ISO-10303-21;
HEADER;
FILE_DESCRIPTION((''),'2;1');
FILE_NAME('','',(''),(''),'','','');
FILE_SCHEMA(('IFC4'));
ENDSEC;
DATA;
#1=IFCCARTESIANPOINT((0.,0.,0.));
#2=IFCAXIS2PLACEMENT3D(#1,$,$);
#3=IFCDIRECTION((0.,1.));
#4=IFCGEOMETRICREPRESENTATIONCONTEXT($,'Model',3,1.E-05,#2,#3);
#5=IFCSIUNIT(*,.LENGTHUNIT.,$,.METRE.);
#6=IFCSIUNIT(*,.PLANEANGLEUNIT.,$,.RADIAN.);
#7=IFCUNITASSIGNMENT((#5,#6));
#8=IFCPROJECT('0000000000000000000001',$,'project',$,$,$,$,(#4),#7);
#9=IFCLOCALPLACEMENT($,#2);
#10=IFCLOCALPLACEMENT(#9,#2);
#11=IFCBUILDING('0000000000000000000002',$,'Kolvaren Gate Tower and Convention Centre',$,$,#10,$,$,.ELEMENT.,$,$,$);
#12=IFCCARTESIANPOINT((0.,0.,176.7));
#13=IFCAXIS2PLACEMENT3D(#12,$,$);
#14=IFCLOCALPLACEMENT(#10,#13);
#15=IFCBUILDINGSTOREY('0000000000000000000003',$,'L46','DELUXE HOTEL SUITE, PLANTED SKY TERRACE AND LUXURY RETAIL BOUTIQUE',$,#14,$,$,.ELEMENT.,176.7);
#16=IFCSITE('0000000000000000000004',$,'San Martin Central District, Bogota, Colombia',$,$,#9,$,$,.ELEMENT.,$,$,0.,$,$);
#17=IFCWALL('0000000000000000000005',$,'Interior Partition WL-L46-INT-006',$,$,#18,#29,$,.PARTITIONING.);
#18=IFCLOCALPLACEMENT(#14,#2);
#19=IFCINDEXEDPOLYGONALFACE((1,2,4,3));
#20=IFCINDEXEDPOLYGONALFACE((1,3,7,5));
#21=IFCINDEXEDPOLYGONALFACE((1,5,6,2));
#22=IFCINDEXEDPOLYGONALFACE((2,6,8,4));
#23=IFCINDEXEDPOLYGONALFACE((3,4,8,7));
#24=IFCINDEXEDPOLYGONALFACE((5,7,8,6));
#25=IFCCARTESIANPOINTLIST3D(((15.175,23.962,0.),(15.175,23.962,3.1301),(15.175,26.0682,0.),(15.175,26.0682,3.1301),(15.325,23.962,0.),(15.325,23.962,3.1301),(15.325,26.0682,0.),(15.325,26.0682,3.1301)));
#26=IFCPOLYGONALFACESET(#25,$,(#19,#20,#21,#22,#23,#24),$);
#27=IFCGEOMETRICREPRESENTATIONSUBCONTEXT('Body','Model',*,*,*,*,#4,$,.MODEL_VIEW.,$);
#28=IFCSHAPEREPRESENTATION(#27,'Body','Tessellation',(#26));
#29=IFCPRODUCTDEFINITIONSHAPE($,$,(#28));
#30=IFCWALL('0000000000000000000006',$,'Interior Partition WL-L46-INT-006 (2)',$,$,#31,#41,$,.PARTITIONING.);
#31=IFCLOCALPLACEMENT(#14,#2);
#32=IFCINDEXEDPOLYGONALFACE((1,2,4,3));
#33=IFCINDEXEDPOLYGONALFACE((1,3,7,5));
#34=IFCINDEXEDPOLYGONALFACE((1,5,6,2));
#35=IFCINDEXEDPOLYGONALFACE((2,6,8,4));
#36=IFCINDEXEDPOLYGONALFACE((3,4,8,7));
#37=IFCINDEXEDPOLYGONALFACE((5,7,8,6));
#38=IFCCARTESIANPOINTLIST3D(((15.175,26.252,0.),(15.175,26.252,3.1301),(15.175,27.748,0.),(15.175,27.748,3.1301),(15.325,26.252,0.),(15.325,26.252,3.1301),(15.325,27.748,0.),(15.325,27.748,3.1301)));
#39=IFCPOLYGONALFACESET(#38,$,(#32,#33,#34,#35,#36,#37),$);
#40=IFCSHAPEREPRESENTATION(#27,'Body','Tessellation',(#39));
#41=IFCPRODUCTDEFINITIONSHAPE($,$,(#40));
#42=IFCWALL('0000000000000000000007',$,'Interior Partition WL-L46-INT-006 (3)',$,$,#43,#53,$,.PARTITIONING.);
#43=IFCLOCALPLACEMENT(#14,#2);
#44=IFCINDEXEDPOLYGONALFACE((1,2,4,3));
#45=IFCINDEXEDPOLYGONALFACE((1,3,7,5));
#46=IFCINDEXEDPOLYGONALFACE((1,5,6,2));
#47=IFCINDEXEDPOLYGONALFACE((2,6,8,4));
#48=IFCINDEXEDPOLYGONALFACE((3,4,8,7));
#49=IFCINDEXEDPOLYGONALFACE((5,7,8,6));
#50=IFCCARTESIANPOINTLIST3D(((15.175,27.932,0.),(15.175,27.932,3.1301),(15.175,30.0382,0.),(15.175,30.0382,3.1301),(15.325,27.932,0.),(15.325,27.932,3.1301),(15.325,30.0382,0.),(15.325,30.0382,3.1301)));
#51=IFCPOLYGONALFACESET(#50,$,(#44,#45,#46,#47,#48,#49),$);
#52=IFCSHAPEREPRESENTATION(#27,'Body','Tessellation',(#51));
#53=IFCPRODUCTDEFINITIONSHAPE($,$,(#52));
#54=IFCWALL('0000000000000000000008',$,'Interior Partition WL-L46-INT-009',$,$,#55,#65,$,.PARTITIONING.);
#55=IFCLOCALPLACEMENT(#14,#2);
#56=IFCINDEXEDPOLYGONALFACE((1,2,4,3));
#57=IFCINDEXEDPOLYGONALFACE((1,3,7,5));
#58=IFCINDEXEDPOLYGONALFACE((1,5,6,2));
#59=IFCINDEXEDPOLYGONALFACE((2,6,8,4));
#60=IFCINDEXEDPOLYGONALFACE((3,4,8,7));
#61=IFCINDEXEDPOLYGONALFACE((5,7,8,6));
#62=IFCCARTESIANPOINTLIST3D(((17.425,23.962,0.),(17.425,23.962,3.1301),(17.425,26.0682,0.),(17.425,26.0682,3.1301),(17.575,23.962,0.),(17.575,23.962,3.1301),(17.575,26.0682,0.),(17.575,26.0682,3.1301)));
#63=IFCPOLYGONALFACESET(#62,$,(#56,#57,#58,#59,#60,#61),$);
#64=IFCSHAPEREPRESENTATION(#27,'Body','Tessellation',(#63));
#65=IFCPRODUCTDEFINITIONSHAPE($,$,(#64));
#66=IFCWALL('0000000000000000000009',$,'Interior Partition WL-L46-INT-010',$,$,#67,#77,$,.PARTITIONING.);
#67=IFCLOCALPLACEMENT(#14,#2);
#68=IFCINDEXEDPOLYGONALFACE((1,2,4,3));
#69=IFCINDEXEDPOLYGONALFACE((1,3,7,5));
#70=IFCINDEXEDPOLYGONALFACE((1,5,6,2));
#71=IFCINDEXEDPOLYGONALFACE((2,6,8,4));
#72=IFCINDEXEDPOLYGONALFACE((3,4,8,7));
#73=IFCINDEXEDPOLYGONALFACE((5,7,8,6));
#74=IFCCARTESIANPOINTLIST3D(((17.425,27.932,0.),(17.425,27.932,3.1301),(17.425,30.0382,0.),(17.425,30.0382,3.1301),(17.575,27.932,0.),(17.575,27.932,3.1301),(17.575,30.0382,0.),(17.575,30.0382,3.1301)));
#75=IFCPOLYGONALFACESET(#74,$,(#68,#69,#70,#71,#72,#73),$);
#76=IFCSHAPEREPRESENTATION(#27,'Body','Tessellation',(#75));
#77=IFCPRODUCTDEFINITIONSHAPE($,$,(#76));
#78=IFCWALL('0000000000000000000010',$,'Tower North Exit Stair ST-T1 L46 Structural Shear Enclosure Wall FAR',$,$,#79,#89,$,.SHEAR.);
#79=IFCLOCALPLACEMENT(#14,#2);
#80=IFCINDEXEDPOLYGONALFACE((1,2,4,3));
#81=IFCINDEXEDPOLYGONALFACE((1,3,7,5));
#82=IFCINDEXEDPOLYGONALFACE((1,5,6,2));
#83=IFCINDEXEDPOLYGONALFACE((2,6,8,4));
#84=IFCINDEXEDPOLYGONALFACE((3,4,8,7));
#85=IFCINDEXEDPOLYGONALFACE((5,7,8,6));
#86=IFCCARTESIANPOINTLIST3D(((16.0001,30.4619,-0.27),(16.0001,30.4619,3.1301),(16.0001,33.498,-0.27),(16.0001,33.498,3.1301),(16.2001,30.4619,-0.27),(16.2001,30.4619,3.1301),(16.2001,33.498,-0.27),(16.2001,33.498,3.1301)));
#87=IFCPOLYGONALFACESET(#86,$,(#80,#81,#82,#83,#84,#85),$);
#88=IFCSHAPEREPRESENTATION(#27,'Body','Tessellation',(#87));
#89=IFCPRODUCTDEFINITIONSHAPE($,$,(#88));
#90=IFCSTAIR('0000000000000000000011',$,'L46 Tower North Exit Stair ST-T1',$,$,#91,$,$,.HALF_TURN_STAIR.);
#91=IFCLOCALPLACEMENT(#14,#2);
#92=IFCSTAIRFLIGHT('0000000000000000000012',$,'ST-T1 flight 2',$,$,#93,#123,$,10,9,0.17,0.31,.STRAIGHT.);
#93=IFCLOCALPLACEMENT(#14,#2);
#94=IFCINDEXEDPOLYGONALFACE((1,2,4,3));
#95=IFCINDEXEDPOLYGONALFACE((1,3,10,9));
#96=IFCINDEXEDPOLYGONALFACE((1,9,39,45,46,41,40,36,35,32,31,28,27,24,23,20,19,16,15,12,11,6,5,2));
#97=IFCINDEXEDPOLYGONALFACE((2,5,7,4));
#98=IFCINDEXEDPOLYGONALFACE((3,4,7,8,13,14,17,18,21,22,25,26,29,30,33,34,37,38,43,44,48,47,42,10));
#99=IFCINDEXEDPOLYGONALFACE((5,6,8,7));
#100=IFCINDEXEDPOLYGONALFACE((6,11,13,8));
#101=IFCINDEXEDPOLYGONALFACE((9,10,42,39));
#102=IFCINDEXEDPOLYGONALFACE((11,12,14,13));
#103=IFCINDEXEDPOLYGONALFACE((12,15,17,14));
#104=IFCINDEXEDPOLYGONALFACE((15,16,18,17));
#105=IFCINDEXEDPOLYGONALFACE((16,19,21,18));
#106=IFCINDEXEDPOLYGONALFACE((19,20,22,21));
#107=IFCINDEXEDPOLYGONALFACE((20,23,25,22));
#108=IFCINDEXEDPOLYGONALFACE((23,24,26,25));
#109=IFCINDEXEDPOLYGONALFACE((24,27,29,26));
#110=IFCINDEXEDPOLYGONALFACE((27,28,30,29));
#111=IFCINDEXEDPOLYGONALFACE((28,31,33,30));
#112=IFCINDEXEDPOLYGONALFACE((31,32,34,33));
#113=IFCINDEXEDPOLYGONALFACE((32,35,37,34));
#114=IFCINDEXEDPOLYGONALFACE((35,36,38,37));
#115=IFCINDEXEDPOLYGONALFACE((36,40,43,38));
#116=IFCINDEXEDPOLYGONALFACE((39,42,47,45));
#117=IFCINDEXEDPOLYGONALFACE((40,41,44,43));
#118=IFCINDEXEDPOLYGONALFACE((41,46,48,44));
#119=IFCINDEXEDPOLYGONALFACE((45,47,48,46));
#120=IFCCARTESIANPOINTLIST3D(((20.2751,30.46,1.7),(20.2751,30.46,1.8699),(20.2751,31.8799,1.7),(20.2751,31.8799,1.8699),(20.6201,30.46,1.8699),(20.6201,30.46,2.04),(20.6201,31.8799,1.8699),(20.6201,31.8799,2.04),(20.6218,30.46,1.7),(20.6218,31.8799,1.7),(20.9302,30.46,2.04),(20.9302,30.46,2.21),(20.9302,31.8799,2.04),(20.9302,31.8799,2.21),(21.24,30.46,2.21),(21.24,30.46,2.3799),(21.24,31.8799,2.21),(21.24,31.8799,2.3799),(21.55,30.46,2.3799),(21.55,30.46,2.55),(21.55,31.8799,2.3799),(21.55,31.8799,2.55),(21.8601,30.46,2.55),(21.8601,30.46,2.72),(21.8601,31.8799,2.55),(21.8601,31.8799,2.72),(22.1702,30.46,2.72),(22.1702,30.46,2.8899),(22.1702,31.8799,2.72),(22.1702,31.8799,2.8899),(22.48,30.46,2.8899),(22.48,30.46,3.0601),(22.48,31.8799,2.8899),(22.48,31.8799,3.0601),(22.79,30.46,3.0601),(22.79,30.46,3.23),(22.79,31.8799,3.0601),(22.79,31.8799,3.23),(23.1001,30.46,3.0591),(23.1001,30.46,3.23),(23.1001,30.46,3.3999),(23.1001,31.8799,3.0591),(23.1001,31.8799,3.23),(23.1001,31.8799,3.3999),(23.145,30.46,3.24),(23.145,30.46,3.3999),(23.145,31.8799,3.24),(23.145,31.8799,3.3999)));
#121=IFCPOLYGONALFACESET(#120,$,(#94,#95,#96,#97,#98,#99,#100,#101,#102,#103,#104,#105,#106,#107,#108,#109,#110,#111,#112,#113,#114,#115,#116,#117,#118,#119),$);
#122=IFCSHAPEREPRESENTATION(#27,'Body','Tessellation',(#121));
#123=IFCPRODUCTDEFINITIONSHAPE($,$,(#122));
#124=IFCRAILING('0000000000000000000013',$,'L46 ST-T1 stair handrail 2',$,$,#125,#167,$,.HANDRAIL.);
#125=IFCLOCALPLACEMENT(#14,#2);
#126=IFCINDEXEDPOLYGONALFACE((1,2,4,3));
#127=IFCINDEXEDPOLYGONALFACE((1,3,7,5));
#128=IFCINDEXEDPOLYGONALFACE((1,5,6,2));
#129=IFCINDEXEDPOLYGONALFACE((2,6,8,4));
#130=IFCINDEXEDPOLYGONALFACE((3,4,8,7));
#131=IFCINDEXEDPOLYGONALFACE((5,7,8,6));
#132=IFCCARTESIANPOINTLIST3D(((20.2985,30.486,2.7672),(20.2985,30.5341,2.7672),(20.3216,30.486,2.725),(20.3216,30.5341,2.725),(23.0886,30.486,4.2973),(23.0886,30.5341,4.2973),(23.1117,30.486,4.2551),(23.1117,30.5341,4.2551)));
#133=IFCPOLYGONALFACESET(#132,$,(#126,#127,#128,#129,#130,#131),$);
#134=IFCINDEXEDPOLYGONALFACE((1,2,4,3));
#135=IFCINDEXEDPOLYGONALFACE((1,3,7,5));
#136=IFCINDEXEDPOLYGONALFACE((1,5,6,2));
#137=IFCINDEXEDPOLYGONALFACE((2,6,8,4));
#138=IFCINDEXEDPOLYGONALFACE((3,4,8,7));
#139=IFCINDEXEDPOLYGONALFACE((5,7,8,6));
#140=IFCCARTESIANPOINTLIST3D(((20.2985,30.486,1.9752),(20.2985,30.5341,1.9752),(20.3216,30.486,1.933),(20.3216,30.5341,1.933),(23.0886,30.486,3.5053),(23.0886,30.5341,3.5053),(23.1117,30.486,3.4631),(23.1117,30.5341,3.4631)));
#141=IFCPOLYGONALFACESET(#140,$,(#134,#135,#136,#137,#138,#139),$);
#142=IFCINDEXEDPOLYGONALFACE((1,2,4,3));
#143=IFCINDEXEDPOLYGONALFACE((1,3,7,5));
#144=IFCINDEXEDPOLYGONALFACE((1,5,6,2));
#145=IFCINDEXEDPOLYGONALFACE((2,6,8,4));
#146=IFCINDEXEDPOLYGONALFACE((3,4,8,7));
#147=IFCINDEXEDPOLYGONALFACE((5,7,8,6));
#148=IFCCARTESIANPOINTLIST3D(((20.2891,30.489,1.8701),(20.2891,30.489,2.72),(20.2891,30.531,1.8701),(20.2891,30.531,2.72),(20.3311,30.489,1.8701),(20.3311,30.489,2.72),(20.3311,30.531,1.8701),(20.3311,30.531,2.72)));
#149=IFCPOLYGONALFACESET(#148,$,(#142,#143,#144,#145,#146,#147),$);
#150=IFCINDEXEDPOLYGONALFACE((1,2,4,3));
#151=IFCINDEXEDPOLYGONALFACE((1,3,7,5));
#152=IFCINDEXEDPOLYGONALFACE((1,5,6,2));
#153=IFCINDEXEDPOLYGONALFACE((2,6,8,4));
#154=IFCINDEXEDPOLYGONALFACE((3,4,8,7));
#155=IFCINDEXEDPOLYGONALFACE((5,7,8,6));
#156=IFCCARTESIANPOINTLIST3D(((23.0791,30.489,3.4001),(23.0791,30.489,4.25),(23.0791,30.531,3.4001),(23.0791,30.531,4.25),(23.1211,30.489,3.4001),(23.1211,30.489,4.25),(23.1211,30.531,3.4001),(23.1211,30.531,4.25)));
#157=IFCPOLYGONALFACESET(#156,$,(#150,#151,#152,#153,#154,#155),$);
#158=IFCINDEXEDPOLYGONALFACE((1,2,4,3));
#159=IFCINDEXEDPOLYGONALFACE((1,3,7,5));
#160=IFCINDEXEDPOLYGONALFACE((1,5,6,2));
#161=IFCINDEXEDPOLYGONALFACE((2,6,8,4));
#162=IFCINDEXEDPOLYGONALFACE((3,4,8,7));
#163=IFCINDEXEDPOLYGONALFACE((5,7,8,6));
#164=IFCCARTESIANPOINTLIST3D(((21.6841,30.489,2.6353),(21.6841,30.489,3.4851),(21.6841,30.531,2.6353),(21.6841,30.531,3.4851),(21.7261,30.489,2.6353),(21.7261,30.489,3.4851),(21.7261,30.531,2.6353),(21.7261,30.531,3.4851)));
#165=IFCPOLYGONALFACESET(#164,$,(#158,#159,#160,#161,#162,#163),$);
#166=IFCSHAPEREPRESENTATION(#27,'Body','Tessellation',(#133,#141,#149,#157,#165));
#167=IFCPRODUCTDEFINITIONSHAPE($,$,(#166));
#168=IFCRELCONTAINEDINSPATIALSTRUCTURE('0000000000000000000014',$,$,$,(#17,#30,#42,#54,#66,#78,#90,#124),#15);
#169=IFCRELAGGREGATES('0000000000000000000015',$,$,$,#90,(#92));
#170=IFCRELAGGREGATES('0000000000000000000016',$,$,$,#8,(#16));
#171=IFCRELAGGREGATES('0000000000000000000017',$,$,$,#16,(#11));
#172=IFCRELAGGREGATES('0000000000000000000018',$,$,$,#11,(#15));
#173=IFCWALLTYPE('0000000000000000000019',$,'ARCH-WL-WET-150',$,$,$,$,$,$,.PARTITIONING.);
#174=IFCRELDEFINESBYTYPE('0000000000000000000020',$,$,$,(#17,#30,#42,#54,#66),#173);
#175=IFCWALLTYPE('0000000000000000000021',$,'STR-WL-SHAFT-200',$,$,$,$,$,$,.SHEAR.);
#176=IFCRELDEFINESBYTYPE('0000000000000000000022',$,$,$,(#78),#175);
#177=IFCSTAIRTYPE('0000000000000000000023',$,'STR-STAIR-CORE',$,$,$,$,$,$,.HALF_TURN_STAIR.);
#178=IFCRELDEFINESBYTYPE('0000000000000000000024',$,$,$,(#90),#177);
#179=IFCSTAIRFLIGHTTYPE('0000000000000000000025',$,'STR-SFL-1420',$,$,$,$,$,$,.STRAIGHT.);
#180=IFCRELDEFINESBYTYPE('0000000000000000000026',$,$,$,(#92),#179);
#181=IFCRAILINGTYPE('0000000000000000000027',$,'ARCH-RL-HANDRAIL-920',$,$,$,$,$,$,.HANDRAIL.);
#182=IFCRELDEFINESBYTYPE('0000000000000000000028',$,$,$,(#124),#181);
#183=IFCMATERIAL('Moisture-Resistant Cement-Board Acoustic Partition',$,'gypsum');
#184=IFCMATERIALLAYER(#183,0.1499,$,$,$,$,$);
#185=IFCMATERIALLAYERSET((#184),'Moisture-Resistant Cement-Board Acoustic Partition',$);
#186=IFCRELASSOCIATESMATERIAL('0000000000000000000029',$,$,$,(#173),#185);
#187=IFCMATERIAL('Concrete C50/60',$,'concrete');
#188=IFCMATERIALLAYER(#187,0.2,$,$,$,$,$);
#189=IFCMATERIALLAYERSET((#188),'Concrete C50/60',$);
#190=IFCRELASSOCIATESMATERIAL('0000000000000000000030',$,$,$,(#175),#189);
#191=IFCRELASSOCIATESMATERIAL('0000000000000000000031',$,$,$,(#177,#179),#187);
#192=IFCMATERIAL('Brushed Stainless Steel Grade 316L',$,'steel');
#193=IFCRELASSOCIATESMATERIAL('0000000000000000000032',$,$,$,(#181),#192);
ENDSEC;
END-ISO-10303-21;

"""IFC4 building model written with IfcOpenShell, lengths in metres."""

from ifc_helpers import new_model, si_unit, direction, frame, frame_2d, origin, origin_2d, place, context, subcontext, project, spatial, polyline, rectangle, outline, extrude, material, layer, layer_set, type_object, element, aggregate, save


model = new_model("IFC4")

# Units and contexts
model_context = context("Model", 3, precision=1e-05, world=origin(), true_north=direction((0.0, 1.0)))
body_context = subcontext(model_context, "Body", "Model", "MODEL_VIEW")
ifc_project = project(units=[si_unit("LENGTHUNIT", "METRE"), si_unit("PLANEANGLEUNIT", "RADIAN")], contexts=[model_context])

# Site, building, storey
site_placement = place(None, origin())
site = spatial("IfcSite", under=ifc_project, at=site_placement, Name="San Martin Central District, Bogota, Colombia", CompositionType="ELEMENT", RefElevation=0.0)
building_placement = place(site_placement, origin())
building = spatial("IfcBuilding", under=site, at=building_placement, Name="Kolvaren Gate Tower and Convention Centre", CompositionType="ELEMENT")
storey_placement = place(building_placement, frame((0.0, 0.0, 176.7)))
storey = spatial("IfcBuildingStorey", under=building, at=storey_placement, Name="L46", Description="DELUXE HOTEL SUITE, PLANTED SKY TERRACE AND LUXURY RETAIL BOUTIQUE", CompositionType="ELEMENT", Elevation=176.7)

# Walls
ifc_material_1 = material(Name="Moisture-Resistant Cement-Board Acoustic Partition", Category="gypsum")
ifc_layer_1 = layer(ifc_material_1, 0.1499)
ifc_layer_set_1 = layer_set([ifc_layer_1], Name="Moisture-Resistant Cement-Board Acoustic Partition")
wall_type_1 = type_object("IfcWallType", Name="ARCH-WL-WET-150", PredefinedType="PARTITIONING", material=ifc_layer_set_1)
wall_1_placement = place(storey_placement, frame((15.25, 23.9619, 0.0), z_axis=(0.0, 0.0, 1.0), x_axis=(0.0, 1.0, 0.0)))
element("IfcWall", 1, at=wall_1_placement, inside=storey, type_object=wall_type_1, Name="Interior Partition WL-L46-INT-006", PredefinedType="PARTITIONING", context=body_context, shape_type="SweptSolid", body=[
    extrude(rectangle(XDim=2.1062, YDim=0.1499, at=frame_2d((1.0532, 0.0))), origin(), (0.0, 0.0, 1.0), 3.1301),
])
wall_2_placement = place(storey_placement, frame((15.25, 26.252, 0.0), z_axis=(0.0, 0.0, 1.0), x_axis=(0.0, 1.0, 0.0)))
element("IfcWall", 2, at=wall_2_placement, inside=storey, type_object=wall_type_1, Name="Interior Partition WL-L46-INT-006 (2)", PredefinedType="PARTITIONING", context=body_context, shape_type="SweptSolid", body=[
    extrude(rectangle(XDim=1.4961, YDim=0.1499, at=frame_2d((0.748, 0.0))), origin(), (0.0, 0.0, 1.0), 3.1301),
])
for number, where, z_axis, x_axis, name in (
    (3, (15.25, 27.9319, 0.0), (0.0, 0.0, 1.0), (0.0, 1.0, 0.0), "Interior Partition WL-L46-INT-006 (3)"),
    (4, (17.5, 23.9619, 0.0), (0.0, 0.0, 1.0), (0.0, 1.0, 0.0), "Interior Partition WL-L46-INT-009"),
    (5, (17.5, 27.9319, 0.0), (0.0, 0.0, 1.0), (0.0, 1.0, 0.0), "Interior Partition WL-L46-INT-010"),
):
    element("IfcWall", number, at=place(storey_placement, frame(where, z_axis=z_axis, x_axis=x_axis)), inside=storey, type_object=wall_type_1, Name=name, PredefinedType="PARTITIONING", context=body_context, shape_type="SweptSolid", body=[
        extrude(rectangle(XDim=2.1062, YDim=0.1499, at=frame_2d((1.0532, 0.0))), origin(), (0.0, 0.0, 1.0), 3.1301),
    ])
ifc_material_2 = material(Name="Concrete C50/60", Category="concrete")
ifc_layer_2 = layer(ifc_material_2, 0.2)
ifc_layer_set_2 = layer_set([ifc_layer_2], Name="Concrete C50/60")
wall_type_2 = type_object("IfcWallType", Name="STR-WL-SHAFT-200", PredefinedType="SHEAR", material=ifc_layer_set_2)
wall_3_placement = place(storey_placement, frame((16.1001, 30.4619, -0.27), z_axis=(0.0, 0.0, 1.0), x_axis=(0.0, 1.0, 0.0)))
element("IfcWall", 6, at=wall_3_placement, inside=storey, type_object=wall_type_2, Name="Tower North Exit Stair ST-T1 L46 Structural Shear Enclosure Wall FAR", PredefinedType="SHEAR", context=body_context, shape_type="SweptSolid", body=[
    extrude(rectangle(XDim=3.0361, YDim=0.2, at=frame_2d((1.5181, 0.0))), origin(), (0.0, 0.0, 1.0), 3.4001),
])

# Stair, stair flight
stair_type = type_object("IfcStairType", Name="STR-STAIR-CORE", PredefinedType="HALF_TURN_STAIR", material=ifc_material_2)
stair_placement = place(storey_placement, origin())
stair = element("IfcStair", 7, at=stair_placement, inside=storey, type_object=stair_type, Name="L46 Tower North Exit Stair ST-T1", PredefinedType="HALF_TURN_STAIR")
stair_flight_type = type_object("IfcStairFlightType", Name="STR-SFL-1420", PredefinedType="STRAIGHT", material=ifc_material_2)
stair_flight_placement = place(storey_placement, frame((20.3101, 31.1699, 1.7), z_axis=(0.0, 0.0, 1.0), x_axis=(1.0, 0.0, 0.0)))
stair_flight = element("IfcStairFlight", 8, at=stair_flight_placement, type_object=stair_flight_type, Name="ST-T1 flight 2", NumberOfRisers=10, NumberOfTreads=9, PredefinedType="STRAIGHT", RiserHeight=0.17, TreadLength=0.31, context=body_context, shape_type="SweptSolid", body=[
    extrude(outline(polyline([(-0.0349, 0.0), (-0.0349, 0.1699), (0.3101, 0.1699), (0.3101, 0.3401), (0.6201, 0.3401), (0.6201, 0.51), (0.9299, 0.51), (0.9299, 0.6799), (1.24, 0.6799), (1.24, 0.8501), (1.55, 0.8501), (1.55, 1.02), (1.8601, 1.02), (1.8601, 1.1899), (2.1699, 1.1899), (2.1699, 1.3601), (2.48, 1.3601), (2.48, 1.53), (2.79, 1.53), (2.79, 1.7), (2.835, 1.7), (2.835, 1.54), (2.79, 1.3591), (0.3118, 0.0), (-0.0349, 0.0)])), frame((0.0, 0.71, 0.0), z_axis=(0.0, -1.0, 0.0), x_axis=(1.0, 0.0, 0.0)), (0.0, 0.0, 1.0), 1.4199),
])
aggregate(stair, [stair_flight])

# Railing
ifc_material_3 = material(Name="Brushed Stainless Steel Grade 316L", Category="steel")
railing_type = type_object("IfcRailingType", Name="ARCH-RL-HANDRAIL-920", PredefinedType="HANDRAIL", material=ifc_material_3)
railing_placement = place(storey_placement, frame((20.3101, 30.51, 1.8701)))
element("IfcRailing", 9, at=railing_placement, inside=storey, type_object=railing_type, Name="L46 ST-T1 stair handrail 2", PredefinedType="HANDRAIL", context=body_context, shape_type="SweptSolid", body=[
    extrude(rectangle(XDim=0.0481, YDim=0.0481, at=origin_2d()), frame((0.0, 0.0, 0.876), z_axis=(0.876811, 0.0, 0.480835), x_axis=(0.0, 1.0, 0.0)), (0.0, 0.0, 1.0), 3.1821),
    extrude(rectangle(XDim=0.0481, YDim=0.0481, at=origin_2d()), frame((0.0, 0.0, 0.084), z_axis=(0.876811, 0.0, 0.480835), x_axis=(0.0, 1.0, 0.0)), (0.0, 0.0, 1.0), 3.1821),
    extrude(rectangle(XDim=0.042, YDim=0.042, at=origin_2d()), origin(), (0.0, 0.0, 1.0), 0.8499),
    extrude(rectangle(XDim=0.042, YDim=0.042, at=origin_2d()), frame((2.79, 0.0, 1.53)), (0.0, 0.0, 1.0), 0.8499),
    extrude(rectangle(XDim=0.042, YDim=0.042, at=origin_2d()), frame((1.395, 0.0, 0.7651)), (0.0, 0.0, 1.0), 0.8499),
])

save(model, "model.ifc")
